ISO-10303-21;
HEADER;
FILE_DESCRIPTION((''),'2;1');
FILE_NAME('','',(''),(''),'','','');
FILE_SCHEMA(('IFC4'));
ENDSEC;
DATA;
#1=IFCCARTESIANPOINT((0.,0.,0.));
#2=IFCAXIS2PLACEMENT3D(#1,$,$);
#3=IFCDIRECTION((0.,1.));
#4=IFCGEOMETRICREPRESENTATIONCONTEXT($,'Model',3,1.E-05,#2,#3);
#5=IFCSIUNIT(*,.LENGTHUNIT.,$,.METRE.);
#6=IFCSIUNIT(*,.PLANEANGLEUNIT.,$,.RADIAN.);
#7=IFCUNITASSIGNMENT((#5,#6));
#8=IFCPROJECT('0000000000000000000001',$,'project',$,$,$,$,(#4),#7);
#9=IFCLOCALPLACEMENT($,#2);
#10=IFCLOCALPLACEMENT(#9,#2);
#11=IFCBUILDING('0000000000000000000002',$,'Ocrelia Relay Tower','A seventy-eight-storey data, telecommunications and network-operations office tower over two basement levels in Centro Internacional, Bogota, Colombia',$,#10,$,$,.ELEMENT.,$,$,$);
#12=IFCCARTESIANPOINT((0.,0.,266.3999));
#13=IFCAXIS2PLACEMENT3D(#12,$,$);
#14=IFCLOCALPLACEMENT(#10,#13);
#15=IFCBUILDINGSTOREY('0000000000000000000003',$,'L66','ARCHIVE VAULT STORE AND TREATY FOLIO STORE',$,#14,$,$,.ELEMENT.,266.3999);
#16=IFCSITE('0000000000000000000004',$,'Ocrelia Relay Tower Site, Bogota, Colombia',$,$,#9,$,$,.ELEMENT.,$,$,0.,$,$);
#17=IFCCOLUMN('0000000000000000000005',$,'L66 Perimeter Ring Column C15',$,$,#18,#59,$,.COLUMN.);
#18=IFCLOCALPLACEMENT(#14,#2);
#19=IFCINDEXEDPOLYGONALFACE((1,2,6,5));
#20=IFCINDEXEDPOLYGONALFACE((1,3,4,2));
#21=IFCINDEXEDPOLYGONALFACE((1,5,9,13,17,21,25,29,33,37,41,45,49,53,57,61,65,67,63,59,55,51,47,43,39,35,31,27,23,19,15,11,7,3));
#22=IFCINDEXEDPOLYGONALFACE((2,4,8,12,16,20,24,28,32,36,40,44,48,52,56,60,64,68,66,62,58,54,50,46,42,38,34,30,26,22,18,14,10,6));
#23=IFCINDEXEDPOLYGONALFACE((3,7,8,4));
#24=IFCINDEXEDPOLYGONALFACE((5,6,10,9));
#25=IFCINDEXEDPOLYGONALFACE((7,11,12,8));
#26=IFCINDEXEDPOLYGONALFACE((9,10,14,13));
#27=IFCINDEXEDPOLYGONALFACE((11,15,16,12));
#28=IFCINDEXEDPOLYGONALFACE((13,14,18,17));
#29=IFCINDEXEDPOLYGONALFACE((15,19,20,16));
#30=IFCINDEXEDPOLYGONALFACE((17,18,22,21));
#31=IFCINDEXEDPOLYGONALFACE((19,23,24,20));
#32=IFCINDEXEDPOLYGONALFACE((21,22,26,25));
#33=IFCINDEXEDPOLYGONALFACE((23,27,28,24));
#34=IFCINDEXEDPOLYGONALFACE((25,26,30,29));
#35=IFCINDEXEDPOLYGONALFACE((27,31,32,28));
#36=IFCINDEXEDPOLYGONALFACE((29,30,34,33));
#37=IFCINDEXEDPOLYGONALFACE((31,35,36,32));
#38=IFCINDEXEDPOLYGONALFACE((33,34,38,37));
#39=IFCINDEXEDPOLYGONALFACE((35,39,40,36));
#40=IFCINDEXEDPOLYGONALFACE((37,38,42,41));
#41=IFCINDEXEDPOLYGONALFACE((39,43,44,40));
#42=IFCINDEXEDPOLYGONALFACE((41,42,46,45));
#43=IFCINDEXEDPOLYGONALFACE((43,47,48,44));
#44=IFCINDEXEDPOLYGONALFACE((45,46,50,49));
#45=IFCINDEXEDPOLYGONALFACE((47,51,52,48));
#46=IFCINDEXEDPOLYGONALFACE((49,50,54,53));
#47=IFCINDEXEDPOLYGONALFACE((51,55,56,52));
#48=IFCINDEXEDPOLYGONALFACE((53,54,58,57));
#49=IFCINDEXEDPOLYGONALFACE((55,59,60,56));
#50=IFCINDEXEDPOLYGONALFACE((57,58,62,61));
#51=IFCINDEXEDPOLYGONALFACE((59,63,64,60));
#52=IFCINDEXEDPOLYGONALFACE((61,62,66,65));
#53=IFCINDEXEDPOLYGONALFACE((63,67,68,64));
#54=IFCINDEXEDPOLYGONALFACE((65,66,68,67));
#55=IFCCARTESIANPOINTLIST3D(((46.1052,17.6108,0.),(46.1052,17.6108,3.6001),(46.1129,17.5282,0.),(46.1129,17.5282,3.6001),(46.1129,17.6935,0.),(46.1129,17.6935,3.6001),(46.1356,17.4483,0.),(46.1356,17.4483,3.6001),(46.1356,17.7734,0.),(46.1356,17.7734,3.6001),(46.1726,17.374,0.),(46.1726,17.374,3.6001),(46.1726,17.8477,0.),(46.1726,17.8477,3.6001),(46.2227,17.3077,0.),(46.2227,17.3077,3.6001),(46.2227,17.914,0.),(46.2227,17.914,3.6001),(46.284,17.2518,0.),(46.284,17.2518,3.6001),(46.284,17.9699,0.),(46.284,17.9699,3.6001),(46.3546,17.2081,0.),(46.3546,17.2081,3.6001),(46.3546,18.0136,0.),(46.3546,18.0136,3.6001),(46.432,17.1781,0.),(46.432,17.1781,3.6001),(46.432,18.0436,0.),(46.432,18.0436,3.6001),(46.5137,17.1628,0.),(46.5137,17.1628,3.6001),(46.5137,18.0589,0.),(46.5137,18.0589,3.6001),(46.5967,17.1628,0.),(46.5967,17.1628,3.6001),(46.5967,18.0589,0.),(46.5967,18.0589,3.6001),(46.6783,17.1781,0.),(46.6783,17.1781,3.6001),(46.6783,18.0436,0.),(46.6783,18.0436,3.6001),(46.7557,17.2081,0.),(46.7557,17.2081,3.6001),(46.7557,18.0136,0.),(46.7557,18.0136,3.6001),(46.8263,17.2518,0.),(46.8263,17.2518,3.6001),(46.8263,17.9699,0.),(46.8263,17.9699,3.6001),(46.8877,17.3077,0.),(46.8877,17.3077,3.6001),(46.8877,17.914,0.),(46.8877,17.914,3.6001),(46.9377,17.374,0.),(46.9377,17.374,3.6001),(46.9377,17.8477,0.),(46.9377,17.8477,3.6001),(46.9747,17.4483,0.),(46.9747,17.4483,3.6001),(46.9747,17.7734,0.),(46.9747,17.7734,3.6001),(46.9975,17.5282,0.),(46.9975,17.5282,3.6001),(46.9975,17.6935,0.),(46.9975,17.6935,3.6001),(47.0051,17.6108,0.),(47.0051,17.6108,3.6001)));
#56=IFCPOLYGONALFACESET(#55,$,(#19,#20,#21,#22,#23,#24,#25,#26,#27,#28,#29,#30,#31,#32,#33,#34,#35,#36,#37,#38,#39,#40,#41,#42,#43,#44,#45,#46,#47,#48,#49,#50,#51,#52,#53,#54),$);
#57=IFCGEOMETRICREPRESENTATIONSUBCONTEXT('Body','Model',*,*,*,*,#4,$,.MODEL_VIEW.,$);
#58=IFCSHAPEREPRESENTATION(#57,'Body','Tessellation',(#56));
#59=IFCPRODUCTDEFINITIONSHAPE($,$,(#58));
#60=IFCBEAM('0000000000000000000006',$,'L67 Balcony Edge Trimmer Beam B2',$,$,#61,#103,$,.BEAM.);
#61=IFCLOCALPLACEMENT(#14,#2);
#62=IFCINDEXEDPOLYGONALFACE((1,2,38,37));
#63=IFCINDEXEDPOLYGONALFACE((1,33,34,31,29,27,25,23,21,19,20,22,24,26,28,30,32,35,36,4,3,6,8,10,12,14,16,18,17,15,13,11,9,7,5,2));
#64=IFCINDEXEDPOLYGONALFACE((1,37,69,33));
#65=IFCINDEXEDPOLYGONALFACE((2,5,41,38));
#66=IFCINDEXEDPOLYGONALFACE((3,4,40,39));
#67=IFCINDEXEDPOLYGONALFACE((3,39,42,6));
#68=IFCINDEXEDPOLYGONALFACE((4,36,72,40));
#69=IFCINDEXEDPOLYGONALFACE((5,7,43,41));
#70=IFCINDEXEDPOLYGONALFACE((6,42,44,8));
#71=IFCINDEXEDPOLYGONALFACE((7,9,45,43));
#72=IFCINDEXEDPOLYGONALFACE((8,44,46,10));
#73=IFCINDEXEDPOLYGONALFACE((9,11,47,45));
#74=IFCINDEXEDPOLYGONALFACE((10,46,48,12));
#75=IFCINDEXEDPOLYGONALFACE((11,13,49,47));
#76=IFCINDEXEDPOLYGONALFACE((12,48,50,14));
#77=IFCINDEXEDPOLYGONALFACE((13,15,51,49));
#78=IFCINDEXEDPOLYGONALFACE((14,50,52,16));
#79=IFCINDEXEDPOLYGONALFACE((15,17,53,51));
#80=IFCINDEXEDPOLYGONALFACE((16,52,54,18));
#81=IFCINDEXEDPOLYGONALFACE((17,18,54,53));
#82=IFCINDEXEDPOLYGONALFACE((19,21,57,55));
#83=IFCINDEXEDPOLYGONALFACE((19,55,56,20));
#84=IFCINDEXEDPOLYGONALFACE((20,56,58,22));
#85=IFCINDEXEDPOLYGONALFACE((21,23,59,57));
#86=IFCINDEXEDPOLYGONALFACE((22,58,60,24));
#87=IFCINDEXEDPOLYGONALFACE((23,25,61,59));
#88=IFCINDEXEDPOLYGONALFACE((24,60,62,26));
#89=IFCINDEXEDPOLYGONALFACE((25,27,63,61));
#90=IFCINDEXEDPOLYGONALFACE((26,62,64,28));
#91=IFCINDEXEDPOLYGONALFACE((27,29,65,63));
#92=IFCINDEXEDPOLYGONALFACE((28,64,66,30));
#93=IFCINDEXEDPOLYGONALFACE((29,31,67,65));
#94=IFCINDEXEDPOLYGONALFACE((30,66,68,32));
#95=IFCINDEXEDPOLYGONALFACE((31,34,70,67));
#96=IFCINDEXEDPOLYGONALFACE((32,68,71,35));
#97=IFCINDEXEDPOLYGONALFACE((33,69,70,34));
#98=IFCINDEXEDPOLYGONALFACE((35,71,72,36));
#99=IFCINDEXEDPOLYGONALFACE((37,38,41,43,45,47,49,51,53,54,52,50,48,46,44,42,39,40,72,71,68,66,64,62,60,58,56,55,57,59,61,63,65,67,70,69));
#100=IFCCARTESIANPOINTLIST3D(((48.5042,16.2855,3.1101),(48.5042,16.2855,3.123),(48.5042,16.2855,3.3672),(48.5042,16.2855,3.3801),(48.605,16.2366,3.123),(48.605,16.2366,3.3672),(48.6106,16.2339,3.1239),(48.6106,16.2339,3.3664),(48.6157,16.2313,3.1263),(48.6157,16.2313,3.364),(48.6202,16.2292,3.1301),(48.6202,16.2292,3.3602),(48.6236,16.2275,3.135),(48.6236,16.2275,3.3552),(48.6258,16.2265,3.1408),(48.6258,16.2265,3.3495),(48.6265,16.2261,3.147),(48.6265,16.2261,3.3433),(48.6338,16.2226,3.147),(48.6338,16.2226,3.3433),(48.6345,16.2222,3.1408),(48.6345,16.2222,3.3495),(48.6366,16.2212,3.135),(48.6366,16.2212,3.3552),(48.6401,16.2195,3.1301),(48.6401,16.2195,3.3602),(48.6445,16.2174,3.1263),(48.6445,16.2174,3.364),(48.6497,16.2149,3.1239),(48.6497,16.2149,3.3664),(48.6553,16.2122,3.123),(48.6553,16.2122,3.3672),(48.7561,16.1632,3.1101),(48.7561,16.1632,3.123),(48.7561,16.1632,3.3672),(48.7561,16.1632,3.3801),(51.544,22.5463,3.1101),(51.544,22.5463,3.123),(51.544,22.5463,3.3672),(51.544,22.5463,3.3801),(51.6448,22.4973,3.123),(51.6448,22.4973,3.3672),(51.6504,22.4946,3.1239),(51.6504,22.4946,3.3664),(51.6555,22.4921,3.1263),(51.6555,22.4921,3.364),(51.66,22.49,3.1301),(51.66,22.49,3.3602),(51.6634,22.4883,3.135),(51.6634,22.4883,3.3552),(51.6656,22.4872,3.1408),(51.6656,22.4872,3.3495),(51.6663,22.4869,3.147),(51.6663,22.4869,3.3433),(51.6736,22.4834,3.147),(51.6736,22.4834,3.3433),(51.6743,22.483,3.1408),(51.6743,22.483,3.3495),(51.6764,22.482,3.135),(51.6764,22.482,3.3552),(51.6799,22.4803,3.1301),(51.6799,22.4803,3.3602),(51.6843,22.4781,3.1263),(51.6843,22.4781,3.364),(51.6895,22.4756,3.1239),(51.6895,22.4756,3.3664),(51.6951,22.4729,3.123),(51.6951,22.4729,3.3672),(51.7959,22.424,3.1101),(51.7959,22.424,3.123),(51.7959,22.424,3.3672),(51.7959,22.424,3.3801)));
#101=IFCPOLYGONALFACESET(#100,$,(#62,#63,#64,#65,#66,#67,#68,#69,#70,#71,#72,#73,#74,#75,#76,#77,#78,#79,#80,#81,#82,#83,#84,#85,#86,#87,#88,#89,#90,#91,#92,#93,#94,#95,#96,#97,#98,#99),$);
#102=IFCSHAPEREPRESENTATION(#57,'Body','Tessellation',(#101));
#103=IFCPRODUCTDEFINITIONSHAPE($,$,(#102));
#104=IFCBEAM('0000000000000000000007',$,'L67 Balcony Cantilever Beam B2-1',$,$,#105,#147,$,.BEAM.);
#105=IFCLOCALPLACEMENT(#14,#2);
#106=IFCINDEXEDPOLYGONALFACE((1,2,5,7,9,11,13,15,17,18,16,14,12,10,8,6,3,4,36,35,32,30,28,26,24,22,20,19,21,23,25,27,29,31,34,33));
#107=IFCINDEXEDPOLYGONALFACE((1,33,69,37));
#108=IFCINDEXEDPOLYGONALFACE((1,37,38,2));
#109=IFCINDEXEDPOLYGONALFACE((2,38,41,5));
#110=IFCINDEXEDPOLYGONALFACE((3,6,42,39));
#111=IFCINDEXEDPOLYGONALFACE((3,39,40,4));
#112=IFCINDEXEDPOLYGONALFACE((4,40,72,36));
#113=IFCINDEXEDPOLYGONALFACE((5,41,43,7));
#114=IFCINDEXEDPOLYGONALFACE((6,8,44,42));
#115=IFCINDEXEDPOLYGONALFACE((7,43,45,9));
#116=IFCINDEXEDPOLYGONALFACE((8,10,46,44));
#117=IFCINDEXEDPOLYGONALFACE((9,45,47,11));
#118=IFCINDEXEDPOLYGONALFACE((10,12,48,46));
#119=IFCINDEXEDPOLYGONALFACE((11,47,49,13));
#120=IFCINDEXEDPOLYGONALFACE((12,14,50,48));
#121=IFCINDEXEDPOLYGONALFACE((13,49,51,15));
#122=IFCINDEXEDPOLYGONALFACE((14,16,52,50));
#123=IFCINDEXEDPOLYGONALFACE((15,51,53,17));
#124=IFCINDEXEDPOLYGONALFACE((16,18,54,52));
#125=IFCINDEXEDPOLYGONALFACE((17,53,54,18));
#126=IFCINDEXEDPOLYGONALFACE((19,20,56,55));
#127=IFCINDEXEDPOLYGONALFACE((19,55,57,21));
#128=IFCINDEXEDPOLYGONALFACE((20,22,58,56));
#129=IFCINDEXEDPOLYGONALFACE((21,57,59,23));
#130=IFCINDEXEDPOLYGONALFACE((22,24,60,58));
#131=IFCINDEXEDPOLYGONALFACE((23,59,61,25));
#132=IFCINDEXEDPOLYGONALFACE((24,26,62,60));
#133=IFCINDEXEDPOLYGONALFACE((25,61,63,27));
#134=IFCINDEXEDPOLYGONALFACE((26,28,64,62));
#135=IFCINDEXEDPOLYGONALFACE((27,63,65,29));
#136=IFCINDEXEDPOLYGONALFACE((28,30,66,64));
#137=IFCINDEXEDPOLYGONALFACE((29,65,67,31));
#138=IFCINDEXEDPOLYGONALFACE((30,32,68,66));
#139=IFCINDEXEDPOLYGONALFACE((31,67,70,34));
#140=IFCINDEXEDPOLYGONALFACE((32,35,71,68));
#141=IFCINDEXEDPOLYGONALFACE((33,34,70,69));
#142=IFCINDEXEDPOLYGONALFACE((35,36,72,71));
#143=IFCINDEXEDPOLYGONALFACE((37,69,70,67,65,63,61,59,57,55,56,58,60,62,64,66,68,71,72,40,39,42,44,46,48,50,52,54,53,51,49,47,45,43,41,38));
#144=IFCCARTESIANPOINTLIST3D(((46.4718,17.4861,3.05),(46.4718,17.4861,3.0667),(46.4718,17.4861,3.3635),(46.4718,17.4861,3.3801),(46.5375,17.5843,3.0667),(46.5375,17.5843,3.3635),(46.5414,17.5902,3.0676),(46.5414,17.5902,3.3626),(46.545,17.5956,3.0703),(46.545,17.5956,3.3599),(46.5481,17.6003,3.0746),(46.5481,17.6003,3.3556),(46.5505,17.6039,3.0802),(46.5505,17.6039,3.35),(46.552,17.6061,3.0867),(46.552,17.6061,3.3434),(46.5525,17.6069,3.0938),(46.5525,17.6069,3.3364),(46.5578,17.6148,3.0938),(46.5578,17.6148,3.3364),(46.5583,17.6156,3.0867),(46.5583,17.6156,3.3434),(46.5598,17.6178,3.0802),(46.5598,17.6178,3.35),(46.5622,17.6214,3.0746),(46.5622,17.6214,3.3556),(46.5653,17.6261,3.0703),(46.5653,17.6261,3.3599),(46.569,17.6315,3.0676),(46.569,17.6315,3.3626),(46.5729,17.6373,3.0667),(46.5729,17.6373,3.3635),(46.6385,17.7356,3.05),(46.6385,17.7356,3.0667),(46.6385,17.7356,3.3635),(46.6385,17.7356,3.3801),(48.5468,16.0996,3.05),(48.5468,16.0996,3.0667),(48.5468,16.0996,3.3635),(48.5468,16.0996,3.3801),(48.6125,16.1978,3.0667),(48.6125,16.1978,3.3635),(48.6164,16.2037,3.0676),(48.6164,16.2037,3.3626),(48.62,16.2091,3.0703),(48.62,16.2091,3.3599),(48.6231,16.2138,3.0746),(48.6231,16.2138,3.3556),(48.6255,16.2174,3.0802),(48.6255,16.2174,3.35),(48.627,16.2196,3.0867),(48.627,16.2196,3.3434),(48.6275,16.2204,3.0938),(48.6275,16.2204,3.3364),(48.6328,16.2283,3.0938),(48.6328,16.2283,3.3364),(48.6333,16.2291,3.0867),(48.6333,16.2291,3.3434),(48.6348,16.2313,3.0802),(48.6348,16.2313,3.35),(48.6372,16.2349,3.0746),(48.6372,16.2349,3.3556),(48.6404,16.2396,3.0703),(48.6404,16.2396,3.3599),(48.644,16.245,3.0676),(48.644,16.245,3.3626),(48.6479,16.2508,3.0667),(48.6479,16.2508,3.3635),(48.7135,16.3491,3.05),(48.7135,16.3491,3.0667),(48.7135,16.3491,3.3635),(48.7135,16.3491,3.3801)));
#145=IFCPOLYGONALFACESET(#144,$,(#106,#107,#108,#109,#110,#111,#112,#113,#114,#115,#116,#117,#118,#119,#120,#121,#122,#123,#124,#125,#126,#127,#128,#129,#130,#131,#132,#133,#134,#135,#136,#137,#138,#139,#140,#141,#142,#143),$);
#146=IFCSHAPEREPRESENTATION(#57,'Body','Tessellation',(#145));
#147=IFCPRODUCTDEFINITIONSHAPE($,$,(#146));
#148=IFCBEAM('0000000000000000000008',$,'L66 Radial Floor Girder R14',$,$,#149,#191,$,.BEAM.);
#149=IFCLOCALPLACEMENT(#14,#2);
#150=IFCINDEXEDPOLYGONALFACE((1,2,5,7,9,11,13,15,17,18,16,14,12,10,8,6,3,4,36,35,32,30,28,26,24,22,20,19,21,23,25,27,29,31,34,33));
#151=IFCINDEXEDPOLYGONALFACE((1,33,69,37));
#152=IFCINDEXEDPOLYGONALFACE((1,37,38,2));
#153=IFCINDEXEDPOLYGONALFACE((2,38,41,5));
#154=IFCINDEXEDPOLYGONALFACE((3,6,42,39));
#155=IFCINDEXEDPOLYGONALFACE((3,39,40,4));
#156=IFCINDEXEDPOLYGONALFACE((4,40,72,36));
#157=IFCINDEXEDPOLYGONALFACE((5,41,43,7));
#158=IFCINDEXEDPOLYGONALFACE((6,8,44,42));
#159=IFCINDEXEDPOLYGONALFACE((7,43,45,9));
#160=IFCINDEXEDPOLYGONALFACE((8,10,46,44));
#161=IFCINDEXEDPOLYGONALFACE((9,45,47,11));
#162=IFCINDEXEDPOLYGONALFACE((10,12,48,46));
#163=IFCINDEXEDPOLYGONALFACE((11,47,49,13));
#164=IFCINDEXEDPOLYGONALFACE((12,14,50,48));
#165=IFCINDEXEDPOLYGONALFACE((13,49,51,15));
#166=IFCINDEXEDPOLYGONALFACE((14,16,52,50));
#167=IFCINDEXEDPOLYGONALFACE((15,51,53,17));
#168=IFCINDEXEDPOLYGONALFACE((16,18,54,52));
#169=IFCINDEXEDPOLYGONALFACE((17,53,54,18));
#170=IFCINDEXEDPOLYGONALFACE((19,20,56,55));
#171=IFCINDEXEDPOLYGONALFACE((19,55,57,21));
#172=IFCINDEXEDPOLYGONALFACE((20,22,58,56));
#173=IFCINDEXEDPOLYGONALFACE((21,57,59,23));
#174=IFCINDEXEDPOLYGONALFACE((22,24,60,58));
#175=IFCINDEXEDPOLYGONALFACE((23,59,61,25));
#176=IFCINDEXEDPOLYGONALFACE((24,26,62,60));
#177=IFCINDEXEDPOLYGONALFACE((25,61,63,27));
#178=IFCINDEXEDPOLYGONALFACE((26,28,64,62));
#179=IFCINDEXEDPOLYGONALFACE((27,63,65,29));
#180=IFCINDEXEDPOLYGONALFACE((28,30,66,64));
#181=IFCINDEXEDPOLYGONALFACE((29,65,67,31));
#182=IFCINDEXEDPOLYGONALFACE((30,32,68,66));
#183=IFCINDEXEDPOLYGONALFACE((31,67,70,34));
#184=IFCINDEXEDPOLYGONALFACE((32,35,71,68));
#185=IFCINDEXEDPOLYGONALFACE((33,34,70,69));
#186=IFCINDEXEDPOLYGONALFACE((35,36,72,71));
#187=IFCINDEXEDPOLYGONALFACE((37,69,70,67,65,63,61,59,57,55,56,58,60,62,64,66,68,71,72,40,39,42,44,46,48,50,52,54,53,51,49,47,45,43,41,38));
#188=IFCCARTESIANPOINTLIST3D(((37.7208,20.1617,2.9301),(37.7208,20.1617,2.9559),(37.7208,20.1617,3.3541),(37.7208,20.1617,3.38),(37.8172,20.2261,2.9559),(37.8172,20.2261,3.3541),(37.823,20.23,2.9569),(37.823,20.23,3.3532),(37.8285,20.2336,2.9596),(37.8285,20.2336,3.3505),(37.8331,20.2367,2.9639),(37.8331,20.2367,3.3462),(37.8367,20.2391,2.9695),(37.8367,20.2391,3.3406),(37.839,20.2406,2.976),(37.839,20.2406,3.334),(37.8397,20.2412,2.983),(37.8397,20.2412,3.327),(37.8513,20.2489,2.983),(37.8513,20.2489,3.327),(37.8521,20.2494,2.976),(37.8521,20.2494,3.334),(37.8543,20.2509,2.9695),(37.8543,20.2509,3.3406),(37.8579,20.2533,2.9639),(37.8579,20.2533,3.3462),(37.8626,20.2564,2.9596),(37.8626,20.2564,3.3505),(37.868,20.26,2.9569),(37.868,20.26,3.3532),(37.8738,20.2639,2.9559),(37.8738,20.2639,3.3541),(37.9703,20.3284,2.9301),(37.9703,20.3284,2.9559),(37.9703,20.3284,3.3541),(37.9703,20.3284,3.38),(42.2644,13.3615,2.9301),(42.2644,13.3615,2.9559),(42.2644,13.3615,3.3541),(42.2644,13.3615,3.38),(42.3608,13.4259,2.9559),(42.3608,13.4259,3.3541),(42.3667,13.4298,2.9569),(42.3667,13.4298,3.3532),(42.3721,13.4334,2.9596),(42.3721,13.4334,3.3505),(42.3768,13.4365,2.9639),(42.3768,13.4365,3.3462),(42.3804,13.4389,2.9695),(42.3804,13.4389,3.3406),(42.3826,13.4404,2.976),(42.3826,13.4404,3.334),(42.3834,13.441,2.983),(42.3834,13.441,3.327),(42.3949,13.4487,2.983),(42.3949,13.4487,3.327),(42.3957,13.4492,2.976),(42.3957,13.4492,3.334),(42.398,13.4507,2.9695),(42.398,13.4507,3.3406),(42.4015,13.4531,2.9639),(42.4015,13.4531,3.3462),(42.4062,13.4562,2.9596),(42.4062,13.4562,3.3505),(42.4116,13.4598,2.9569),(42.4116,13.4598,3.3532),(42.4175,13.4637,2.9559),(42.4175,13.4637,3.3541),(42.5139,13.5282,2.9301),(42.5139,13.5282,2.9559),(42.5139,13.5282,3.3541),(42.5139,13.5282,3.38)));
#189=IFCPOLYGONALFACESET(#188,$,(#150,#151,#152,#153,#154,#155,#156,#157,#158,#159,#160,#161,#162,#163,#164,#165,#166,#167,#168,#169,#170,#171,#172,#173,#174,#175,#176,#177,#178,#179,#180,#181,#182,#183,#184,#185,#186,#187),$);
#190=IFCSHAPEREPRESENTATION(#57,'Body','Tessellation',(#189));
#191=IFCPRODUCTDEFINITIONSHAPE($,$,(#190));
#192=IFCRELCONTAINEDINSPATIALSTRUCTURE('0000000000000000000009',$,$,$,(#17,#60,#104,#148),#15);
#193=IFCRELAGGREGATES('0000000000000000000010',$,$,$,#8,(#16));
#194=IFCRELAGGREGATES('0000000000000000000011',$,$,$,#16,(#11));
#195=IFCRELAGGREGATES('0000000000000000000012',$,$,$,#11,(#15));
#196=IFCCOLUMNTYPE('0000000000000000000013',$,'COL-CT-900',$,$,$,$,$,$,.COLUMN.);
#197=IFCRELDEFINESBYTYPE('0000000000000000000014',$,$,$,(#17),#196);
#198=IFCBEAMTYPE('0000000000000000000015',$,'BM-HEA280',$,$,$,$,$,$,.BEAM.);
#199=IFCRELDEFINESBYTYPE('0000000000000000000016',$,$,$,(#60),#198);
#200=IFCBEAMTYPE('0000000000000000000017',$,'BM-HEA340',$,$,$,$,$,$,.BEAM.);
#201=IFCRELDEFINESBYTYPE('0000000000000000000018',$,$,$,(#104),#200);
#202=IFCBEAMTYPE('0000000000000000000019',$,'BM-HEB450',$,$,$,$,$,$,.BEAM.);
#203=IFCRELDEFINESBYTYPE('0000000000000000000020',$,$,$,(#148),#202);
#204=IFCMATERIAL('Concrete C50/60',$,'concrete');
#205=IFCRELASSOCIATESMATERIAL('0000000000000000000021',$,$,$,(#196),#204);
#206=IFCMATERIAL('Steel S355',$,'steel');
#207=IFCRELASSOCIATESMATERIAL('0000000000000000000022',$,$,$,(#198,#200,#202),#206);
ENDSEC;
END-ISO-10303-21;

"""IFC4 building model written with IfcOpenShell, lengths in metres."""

from ifc_helpers import new_model, si_unit, direction, frame, origin, origin_2d, place, context, subcontext, project, spatial, circle, i_section, extrude, material, material_profile, profile_set, type_object, element, save


model = new_model("IFC4")

# Units and contexts
model_context = context("Model", 3, precision=1e-05, world=origin(), true_north=direction((0.0, 1.0)))
body_context = subcontext(model_context, "Body", "Model", "MODEL_VIEW")
ifc_project = project(units=[si_unit("LENGTHUNIT", "METRE"), si_unit("PLANEANGLEUNIT", "RADIAN")], contexts=[model_context])

# Site, building, storey
site_placement = place(None, origin())
site = spatial("IfcSite", under=ifc_project, at=site_placement, Name="Ocrelia Relay Tower Site, Bogota, Colombia", CompositionType="ELEMENT", RefElevation=0.0)
building_placement = place(site_placement, origin())
building = spatial("IfcBuilding", under=site, at=building_placement, Name="Ocrelia Relay Tower", Description="A seventy-eight-storey data, telecommunications and network-operations office tower over two basement levels in Centro Internacional, Bogota, Colombia", CompositionType="ELEMENT")
storey_placement = place(building_placement, frame((0.0, 0.0, 266.3999)))
storey = spatial("IfcBuildingStorey", under=building, at=storey_placement, Name="L66", Description="ARCHIVE VAULT STORE AND TREATY FOLIO STORE", CompositionType="ELEMENT", Elevation=266.3999)

# Column
ifc_material_1 = material(Name="Concrete C50/60", Category="concrete")
ifc_material_profile_1 = material_profile(ifc_material_1, circle(Radius=0.45, at=origin_2d()), Name="RC-CIR-900")
ifc_profile_set_1 = profile_set([ifc_material_profile_1], Name="Concrete C50/60")
column_type = type_object("IfcColumnType", Name="COL-CT-900", PredefinedType="COLUMN", material=ifc_profile_set_1)
column_placement = place(storey_placement, frame((46.5552, 17.6108, 0.0), z_axis=(0.0, 0.0, 1.0), x_axis=(1.0, 0.0, 0.0)))
element("IfcColumn", 1, at=column_placement, inside=storey, type_object=column_type, Name="L66 Perimeter Ring Column C15", PredefinedType="COLUMN", context=body_context, shape_type="SweptSolid", body=[
    extrude(circle(Radius=0.45, at=origin_2d()), origin(), (0.0, 0.0, 1.0), 3.6001),
])

# Beams
ifc_material_2 = material(Name="Steel S355", Category="steel")
ifc_material_profile_2 = material_profile(ifc_material_2, i_section(OverallWidth=0.28, OverallDepth=0.27, WebThickness=0.0081, FlangeThickness=0.0129, FilletRadius=0.0239, at=origin_2d()), Name="HEA 280")
ifc_profile_set_2 = profile_set([ifc_material_profile_2], Name="Steel S355")
beam_type_1 = type_object("IfcBeamType", Name="BM-HEA280", PredefinedType="BEAM", material=ifc_profile_set_2)
beam_1_placement = place(storey_placement, frame((48.6301, 16.2244, 3.2451), z_axis=(0.436772, 0.899572, 0.0), x_axis=(-0.899572, 0.436772, 0.0)))
element("IfcBeam", 2, at=beam_1_placement, inside=storey, type_object=beam_type_1, Name="L67 Balcony Edge Trimmer Beam B2", PredefinedType="BEAM", context=body_context, shape_type="SweptSolid", body=[
    extrude(i_section(OverallWidth=0.28, OverallDepth=0.27, WebThickness=0.0081, FlangeThickness=0.0129, FilletRadius=0.0239, at=origin_2d()), origin(), (0.0, 0.0, 1.0), 6.9597),
])
ifc_material_profile_3 = material_profile(ifc_material_2, i_section(OverallWidth=0.3, OverallDepth=0.3301, WebThickness=0.0095, FlangeThickness=0.0166, FilletRadius=0.0271, at=origin_2d()), Name="HEA 340")
ifc_profile_set_3 = profile_set([ifc_material_profile_3], Name="Steel S355")
beam_type_2 = type_object("IfcBeamType", Name="BM-HEA340", PredefinedType="BEAM", material=ifc_profile_set_3)
beam_2_placement = place(storey_placement, frame((46.5552, 17.6108, 3.2151), z_axis=(0.831463, -0.55558, 0.0), x_axis=(0.55558, 0.831463, 0.0)))
element("IfcBeam", 3, at=beam_2_placement, inside=storey, type_object=beam_type_2, Name="L67 Balcony Cantilever Beam B2-1", PredefinedType="BEAM", context=body_context, shape_type="SweptSolid", body=[
    extrude(i_section(OverallWidth=0.3, OverallDepth=0.3301, WebThickness=0.0095, FlangeThickness=0.0166, FilletRadius=0.0271, at=origin_2d()), origin(), (0.0, 0.0, 1.0), 2.4956),
])
ifc_material_profile_4 = material_profile(ifc_material_2, i_section(OverallWidth=0.3, OverallDepth=0.45, WebThickness=0.0139, FlangeThickness=0.0259, FilletRadius=0.0271, at=origin_2d()), Name="HEB 450")
ifc_profile_set_4 = profile_set([ifc_material_profile_4], Name="Steel S355")
beam_type_3 = type_object("IfcBeamType", Name="BM-HEB450", PredefinedType="BEAM", material=ifc_profile_set_4)
beam_3_placement = place(storey_placement, frame((42.3892, 13.4448, 3.155), z_axis=(-0.555561, 0.831476, 0.0), x_axis=(-0.831476, -0.555561, 0.0)))
element("IfcBeam", 4, at=beam_3_placement, inside=storey, type_object=beam_type_3, Name="L66 Radial Floor Girder R14", PredefinedType="BEAM", context=body_context, shape_type="SweptSolid", body=[
    extrude(i_section(OverallWidth=0.3, OverallDepth=0.45, WebThickness=0.0139, FlangeThickness=0.0259, FilletRadius=0.0271, at=origin_2d()), origin(), (0.0, 0.0, 1.0), 8.1785),
])

save(model, "model.ifc")
